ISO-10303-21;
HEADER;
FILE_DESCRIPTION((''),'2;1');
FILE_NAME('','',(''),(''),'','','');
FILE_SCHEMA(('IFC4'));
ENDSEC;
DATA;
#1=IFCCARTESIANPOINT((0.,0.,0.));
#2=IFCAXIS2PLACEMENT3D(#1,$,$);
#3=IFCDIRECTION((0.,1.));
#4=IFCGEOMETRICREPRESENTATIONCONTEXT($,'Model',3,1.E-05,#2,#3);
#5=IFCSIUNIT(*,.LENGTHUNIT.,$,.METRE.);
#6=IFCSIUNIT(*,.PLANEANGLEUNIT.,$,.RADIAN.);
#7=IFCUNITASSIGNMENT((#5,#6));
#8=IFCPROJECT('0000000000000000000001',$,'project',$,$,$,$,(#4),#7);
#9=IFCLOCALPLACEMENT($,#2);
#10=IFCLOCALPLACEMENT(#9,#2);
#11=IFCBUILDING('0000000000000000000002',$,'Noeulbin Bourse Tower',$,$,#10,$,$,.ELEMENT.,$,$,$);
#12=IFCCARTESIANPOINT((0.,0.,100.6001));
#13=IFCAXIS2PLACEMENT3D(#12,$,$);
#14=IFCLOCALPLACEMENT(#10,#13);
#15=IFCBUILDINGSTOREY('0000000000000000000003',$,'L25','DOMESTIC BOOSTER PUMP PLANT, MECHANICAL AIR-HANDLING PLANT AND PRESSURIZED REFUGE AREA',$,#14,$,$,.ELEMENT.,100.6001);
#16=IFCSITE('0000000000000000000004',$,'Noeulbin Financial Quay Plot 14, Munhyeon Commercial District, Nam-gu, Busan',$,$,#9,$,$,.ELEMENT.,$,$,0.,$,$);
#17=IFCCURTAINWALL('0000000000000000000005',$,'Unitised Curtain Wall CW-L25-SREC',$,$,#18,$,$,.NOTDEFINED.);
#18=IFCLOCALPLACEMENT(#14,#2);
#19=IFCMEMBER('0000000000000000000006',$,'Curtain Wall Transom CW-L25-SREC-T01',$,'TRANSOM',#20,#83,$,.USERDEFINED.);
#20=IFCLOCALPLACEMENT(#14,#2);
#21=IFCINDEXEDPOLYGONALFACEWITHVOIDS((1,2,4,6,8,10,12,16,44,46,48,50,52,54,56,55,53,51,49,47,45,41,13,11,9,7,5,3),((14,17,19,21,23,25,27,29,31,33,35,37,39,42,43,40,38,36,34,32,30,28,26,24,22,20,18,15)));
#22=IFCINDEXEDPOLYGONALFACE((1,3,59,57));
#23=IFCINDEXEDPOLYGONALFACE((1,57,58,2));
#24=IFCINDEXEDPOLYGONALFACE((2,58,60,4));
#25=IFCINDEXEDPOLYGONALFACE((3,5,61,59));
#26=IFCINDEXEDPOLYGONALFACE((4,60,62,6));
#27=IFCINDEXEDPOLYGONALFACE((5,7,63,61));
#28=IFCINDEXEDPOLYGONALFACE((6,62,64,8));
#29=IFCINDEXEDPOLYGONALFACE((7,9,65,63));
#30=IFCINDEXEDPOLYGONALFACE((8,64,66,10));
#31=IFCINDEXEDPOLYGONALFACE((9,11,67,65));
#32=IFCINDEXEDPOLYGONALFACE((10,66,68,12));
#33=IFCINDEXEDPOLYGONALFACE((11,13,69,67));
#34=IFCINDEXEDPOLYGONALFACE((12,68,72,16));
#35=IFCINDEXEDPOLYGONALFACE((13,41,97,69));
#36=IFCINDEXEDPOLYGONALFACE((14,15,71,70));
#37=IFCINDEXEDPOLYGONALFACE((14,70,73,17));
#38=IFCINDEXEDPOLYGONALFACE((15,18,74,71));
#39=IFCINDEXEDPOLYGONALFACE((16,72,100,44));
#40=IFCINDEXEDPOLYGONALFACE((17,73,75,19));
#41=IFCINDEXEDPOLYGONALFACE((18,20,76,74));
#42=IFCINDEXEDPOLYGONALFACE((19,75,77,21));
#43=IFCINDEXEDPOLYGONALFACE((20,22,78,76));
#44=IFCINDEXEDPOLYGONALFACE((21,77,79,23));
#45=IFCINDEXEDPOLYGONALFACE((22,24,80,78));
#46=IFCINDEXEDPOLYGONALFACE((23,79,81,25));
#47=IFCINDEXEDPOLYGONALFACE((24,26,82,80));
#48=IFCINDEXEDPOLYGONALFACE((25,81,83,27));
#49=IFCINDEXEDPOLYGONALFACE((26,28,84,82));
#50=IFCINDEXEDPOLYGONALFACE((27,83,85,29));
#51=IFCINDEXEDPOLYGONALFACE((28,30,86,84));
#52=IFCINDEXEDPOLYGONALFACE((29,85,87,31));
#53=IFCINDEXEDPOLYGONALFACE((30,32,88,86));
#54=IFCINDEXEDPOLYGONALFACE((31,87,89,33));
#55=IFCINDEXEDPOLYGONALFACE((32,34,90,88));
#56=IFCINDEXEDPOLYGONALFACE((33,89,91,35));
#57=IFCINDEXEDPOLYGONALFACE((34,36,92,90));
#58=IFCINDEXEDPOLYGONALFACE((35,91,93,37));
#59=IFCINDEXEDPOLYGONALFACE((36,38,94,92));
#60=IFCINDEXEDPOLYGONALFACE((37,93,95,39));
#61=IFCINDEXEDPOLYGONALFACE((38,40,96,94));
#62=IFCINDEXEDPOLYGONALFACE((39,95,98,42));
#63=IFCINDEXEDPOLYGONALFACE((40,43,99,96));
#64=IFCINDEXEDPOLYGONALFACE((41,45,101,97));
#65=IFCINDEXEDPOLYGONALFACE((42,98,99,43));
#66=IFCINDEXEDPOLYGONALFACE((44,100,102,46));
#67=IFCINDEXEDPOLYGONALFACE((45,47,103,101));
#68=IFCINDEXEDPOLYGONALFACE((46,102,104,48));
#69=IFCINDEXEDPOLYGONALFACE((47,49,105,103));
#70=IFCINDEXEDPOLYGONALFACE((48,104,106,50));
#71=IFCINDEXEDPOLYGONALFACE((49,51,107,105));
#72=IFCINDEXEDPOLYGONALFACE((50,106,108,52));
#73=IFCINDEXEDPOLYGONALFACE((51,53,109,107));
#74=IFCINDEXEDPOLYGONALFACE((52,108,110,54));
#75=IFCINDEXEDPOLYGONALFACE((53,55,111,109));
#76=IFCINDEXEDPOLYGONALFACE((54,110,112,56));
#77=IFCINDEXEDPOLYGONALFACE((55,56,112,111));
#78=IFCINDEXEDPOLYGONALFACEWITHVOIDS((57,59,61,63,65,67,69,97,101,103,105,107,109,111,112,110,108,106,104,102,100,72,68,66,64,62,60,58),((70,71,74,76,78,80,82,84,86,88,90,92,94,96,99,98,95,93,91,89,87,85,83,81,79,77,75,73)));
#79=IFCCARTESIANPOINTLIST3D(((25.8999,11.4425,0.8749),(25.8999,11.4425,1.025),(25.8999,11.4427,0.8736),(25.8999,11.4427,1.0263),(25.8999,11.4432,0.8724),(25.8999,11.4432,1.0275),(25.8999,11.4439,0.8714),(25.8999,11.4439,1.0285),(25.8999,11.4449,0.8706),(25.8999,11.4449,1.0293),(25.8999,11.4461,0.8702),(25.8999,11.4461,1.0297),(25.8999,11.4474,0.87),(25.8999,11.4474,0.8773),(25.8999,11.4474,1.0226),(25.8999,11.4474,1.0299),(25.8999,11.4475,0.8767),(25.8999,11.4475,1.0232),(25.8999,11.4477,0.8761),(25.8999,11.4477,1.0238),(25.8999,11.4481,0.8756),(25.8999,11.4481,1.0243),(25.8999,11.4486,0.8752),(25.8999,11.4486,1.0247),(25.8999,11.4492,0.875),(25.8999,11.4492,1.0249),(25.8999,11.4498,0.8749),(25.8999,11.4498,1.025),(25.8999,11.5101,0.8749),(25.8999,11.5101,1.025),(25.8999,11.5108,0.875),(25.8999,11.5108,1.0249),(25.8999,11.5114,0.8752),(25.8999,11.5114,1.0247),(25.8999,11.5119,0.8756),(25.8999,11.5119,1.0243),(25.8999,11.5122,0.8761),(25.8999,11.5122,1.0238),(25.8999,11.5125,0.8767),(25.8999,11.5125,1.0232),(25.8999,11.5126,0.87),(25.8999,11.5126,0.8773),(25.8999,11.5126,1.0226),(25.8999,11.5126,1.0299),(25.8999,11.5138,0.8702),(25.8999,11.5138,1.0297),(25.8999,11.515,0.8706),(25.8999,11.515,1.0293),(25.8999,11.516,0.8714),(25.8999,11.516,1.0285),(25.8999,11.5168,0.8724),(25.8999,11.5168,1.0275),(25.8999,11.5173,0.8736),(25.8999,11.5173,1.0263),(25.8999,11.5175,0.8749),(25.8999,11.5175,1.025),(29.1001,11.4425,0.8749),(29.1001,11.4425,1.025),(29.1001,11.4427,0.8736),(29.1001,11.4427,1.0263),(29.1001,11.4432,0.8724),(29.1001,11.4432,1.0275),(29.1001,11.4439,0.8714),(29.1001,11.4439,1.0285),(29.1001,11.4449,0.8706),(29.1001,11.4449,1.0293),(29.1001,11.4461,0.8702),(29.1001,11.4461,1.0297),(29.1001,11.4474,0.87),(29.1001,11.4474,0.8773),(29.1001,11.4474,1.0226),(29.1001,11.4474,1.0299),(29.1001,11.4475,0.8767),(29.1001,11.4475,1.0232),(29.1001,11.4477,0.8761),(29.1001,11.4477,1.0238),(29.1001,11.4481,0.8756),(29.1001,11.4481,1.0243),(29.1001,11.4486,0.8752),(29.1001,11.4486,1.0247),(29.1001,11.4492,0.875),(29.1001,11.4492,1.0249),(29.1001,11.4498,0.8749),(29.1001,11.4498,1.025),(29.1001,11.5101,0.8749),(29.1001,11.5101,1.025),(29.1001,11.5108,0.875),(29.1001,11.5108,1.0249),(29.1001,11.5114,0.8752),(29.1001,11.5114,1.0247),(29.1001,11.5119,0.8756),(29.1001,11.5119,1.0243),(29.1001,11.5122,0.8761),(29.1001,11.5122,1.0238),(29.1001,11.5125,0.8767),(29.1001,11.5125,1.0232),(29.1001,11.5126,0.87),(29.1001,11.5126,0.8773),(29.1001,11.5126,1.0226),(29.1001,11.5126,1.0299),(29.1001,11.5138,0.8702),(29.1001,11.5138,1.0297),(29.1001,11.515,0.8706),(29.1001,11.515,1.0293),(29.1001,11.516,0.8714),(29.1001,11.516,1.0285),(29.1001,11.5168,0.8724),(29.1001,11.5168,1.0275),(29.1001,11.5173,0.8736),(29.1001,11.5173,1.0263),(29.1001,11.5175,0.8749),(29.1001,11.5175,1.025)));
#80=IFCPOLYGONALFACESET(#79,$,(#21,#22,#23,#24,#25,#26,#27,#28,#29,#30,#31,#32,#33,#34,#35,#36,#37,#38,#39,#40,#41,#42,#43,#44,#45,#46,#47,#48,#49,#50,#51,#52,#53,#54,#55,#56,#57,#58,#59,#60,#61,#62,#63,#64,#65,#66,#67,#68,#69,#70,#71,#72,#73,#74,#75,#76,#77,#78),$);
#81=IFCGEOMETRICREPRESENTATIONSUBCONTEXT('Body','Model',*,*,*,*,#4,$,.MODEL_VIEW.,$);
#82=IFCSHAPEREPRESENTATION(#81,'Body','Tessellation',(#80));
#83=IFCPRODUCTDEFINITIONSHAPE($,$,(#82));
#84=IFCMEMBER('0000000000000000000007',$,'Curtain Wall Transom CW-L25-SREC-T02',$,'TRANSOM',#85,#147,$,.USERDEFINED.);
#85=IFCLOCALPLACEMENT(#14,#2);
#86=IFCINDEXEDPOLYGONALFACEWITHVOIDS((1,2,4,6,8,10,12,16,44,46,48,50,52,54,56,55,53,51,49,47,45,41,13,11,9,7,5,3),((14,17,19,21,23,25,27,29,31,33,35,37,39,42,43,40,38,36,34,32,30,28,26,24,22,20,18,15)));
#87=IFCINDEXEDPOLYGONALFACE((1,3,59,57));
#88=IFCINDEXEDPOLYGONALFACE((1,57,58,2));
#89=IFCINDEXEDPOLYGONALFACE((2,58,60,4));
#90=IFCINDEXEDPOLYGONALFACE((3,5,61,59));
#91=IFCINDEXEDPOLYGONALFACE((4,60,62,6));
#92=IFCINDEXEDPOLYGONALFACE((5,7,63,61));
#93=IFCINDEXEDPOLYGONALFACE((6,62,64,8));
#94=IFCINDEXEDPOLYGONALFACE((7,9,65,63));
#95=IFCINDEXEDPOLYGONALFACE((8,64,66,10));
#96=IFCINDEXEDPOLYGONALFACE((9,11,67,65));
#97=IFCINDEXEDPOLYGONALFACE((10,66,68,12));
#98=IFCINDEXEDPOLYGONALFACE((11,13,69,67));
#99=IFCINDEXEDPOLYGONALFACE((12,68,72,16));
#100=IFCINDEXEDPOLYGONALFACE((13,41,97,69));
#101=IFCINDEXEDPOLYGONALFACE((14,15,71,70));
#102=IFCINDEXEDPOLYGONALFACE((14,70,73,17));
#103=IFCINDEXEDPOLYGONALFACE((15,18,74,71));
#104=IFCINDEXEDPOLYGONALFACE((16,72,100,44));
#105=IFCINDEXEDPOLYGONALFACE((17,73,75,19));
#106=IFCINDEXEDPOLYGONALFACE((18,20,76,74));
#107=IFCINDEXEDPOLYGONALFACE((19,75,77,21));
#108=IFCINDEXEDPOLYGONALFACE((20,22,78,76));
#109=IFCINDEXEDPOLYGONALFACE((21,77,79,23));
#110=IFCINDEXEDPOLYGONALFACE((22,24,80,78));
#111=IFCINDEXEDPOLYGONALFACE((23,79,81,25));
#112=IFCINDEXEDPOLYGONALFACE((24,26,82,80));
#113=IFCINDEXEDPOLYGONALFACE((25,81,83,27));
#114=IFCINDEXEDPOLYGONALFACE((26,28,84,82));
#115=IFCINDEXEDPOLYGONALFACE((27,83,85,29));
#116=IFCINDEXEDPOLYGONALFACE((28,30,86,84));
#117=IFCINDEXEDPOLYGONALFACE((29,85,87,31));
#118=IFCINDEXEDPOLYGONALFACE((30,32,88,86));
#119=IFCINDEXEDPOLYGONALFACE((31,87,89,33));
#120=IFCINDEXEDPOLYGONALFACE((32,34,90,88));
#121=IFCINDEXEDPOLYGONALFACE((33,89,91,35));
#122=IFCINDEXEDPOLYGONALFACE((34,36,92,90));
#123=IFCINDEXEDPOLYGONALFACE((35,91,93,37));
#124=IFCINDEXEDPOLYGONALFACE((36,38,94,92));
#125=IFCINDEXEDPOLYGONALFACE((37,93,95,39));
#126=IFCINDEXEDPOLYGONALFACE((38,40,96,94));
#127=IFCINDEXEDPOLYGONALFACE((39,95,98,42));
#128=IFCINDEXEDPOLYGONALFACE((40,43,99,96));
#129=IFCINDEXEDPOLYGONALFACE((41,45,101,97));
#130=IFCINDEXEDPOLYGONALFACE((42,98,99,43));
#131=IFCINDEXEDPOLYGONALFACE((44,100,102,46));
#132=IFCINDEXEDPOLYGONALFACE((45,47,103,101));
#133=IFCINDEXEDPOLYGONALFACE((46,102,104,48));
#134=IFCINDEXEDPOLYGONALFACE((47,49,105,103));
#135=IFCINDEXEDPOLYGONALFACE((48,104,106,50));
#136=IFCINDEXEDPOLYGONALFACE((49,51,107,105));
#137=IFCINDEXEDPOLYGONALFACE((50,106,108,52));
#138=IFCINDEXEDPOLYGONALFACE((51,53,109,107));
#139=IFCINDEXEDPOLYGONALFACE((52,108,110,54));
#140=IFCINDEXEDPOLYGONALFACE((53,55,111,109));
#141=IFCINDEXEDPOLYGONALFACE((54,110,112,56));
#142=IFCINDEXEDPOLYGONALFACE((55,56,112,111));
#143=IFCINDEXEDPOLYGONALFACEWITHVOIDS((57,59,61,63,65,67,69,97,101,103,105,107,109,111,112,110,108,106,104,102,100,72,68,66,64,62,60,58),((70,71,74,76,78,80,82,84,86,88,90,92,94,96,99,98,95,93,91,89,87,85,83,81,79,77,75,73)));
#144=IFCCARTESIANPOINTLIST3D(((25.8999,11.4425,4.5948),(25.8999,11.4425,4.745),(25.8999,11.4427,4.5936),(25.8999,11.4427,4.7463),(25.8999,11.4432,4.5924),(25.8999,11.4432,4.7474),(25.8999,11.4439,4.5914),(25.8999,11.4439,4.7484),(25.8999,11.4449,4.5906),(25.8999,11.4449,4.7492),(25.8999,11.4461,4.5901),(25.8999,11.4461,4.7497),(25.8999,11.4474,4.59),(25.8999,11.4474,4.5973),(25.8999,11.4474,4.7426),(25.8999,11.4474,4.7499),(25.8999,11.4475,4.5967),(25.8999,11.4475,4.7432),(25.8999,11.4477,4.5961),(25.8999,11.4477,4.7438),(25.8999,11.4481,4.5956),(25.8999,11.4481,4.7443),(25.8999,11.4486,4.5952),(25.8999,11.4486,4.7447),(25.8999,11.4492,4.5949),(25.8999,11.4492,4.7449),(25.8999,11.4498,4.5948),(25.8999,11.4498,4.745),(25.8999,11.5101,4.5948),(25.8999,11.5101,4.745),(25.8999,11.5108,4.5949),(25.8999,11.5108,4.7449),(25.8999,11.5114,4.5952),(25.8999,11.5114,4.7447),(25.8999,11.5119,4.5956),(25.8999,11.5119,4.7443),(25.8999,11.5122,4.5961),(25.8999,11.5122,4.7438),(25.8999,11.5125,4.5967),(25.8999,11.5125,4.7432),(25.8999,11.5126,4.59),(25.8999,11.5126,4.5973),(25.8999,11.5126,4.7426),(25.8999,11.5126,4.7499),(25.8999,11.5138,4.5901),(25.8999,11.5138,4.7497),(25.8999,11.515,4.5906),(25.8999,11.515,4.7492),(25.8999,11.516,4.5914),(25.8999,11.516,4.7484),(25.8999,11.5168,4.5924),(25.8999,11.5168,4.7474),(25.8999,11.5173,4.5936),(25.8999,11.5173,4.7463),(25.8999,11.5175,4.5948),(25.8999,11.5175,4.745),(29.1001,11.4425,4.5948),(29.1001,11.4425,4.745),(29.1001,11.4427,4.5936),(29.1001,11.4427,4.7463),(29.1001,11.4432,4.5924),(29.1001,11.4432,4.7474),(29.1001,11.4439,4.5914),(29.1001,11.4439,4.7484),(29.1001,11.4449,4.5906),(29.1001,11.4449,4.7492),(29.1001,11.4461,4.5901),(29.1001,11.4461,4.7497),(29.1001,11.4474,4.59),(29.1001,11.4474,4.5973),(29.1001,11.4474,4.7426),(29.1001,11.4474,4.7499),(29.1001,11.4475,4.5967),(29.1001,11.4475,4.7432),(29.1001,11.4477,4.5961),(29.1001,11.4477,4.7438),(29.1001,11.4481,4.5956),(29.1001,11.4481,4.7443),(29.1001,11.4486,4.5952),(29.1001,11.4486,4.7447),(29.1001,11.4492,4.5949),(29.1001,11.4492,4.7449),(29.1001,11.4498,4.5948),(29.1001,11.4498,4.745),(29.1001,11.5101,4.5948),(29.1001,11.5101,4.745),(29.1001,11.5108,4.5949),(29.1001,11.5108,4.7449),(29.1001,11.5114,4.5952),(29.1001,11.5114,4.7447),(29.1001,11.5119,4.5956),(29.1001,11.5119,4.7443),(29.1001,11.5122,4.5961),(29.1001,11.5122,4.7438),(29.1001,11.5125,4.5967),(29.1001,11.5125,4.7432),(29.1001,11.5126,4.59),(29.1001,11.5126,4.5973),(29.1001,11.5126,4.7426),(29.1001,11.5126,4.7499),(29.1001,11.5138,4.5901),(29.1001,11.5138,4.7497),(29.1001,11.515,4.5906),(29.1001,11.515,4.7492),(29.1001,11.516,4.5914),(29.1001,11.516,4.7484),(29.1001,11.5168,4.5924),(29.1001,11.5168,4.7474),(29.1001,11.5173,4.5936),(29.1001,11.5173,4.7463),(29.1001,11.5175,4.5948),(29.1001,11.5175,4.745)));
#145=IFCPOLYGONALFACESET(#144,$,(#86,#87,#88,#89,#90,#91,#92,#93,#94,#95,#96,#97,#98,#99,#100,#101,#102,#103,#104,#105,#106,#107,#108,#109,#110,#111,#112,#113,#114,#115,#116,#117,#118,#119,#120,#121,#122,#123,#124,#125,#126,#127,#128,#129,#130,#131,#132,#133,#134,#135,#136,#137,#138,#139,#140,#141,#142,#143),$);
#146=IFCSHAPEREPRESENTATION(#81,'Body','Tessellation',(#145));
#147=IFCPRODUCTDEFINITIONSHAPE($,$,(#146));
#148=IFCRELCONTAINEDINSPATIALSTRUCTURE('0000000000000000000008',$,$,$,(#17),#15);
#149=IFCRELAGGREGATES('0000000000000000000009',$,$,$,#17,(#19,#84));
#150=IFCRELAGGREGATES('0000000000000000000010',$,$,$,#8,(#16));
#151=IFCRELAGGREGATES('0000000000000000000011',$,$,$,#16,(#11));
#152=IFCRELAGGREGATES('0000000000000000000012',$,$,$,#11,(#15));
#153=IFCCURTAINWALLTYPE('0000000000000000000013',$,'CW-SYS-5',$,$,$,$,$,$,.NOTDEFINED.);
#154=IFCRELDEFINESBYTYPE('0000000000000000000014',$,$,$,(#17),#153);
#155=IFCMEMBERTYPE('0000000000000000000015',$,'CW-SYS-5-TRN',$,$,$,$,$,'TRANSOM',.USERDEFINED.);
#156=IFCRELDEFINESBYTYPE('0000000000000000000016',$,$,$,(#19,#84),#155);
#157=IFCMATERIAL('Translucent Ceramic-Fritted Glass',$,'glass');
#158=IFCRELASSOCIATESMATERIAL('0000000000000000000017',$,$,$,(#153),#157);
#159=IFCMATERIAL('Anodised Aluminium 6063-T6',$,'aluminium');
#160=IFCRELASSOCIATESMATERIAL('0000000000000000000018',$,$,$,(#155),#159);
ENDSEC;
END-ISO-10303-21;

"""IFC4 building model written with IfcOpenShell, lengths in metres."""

from ifc_helpers import new_model, si_unit, direction, frame, origin, origin_2d, place, context, subcontext, project, spatial, hollow_rectangle, extrude, material, material_profile, profile_set, type_object, element, aggregate, save


model = new_model("IFC4")

# Units and contexts
model_context = context("Model", 3, precision=1e-05, world=origin(), true_north=direction((0.0, 1.0)))
body_context = subcontext(model_context, "Body", "Model", "MODEL_VIEW")
ifc_project = project(units=[si_unit("LENGTHUNIT", "METRE"), si_unit("PLANEANGLEUNIT", "RADIAN")], contexts=[model_context])

# Site, building, storey
site_placement = place(None, origin())
site = spatial("IfcSite", under=ifc_project, at=site_placement, Name="Noeulbin Financial Quay Plot 14, Munhyeon Commercial District, Nam-gu, Busan", CompositionType="ELEMENT", RefElevation=0.0)
building_placement = place(site_placement, origin())
building = spatial("IfcBuilding", under=site, at=building_placement, Name="Noeulbin Bourse Tower", CompositionType="ELEMENT")
storey_placement = place(building_placement, frame((0.0, 0.0, 100.6001)))
storey = spatial("IfcBuildingStorey", under=building, at=storey_placement, Name="L25", Description="DOMESTIC BOOSTER PUMP PLANT, MECHANICAL AIR-HANDLING PLANT AND PRESSURIZED REFUGE AREA", CompositionType="ELEMENT", Elevation=100.6001)

# Curtain wall, members
ifc_material_1 = material(Name="Translucent Ceramic-Fritted Glass", Category="glass")
curtain_wall_type = type_object("IfcCurtainWallType", Name="CW-SYS-5", PredefinedType="NOTDEFINED", material=ifc_material_1)
curtain_wall_placement = place(storey_placement, origin())
curtain_wall = element("IfcCurtainWall", 1, at=curtain_wall_placement, inside=storey, type_object=curtain_wall_type, Name="Unitised Curtain Wall CW-L25-SREC", PredefinedType="NOTDEFINED")
ifc_material_2 = material(Name="Anodised Aluminium 6063-T6", Category="aluminium")
ifc_material_profile_1 = material_profile(ifc_material_2, hollow_rectangle(XDim=0.075, YDim=0.1599, WallThickness=0.0049, InnerFilletRadius=0.0024, OuterFilletRadius=0.0049, at=origin_2d()), Name="ALU-TRAN-75x160x5", Category="LoadBearing")
ifc_profile_set_1 = profile_set([ifc_material_profile_1], Name="Anodised Aluminium 6063-T6")
member_type_1 = type_object("IfcMemberType", Name="CW-SYS-5-TRN", ElementType="TRANSOM", PredefinedType="USERDEFINED", material=ifc_profile_set_1)
member_1_placement = place(storey_placement, frame((25.8999, 11.48, 0.95), z_axis=(1.0, 0.0, 0.0), x_axis=(0.0, 1.0, 0.0)))
member_1 = element("IfcMember", 2, at=member_1_placement, type_object=member_type_1, Name="Curtain Wall Transom CW-L25-SREC-T01", ObjectType="TRANSOM", PredefinedType="USERDEFINED", context=body_context, shape_type="SweptSolid", body=[
    extrude(hollow_rectangle(XDim=0.075, YDim=0.1599, WallThickness=0.0049, InnerFilletRadius=0.0024, OuterFilletRadius=0.0049, at=origin_2d()), origin(), (0.0, 0.0, 1.0), 3.2002),
])
member_2_placement = place(storey_placement, frame((25.8999, 11.48, 4.6699), z_axis=(1.0, 0.0, 0.0), x_axis=(0.0, 1.0, 0.0)))
member_2 = element("IfcMember", 3, at=member_2_placement, type_object=member_type_1, Name="Curtain Wall Transom CW-L25-SREC-T02", ObjectType="TRANSOM", PredefinedType="USERDEFINED", context=body_context, shape_type="SweptSolid", body=[
    extrude(hollow_rectangle(XDim=0.075, YDim=0.1599, WallThickness=0.0049, InnerFilletRadius=0.0024, OuterFilletRadius=0.0049, at=origin_2d()), origin(), (0.0, 0.0, 1.0), 3.2002),
])

aggregate(curtain_wall, [member_1, member_2])

save(model, "model.ifc")
